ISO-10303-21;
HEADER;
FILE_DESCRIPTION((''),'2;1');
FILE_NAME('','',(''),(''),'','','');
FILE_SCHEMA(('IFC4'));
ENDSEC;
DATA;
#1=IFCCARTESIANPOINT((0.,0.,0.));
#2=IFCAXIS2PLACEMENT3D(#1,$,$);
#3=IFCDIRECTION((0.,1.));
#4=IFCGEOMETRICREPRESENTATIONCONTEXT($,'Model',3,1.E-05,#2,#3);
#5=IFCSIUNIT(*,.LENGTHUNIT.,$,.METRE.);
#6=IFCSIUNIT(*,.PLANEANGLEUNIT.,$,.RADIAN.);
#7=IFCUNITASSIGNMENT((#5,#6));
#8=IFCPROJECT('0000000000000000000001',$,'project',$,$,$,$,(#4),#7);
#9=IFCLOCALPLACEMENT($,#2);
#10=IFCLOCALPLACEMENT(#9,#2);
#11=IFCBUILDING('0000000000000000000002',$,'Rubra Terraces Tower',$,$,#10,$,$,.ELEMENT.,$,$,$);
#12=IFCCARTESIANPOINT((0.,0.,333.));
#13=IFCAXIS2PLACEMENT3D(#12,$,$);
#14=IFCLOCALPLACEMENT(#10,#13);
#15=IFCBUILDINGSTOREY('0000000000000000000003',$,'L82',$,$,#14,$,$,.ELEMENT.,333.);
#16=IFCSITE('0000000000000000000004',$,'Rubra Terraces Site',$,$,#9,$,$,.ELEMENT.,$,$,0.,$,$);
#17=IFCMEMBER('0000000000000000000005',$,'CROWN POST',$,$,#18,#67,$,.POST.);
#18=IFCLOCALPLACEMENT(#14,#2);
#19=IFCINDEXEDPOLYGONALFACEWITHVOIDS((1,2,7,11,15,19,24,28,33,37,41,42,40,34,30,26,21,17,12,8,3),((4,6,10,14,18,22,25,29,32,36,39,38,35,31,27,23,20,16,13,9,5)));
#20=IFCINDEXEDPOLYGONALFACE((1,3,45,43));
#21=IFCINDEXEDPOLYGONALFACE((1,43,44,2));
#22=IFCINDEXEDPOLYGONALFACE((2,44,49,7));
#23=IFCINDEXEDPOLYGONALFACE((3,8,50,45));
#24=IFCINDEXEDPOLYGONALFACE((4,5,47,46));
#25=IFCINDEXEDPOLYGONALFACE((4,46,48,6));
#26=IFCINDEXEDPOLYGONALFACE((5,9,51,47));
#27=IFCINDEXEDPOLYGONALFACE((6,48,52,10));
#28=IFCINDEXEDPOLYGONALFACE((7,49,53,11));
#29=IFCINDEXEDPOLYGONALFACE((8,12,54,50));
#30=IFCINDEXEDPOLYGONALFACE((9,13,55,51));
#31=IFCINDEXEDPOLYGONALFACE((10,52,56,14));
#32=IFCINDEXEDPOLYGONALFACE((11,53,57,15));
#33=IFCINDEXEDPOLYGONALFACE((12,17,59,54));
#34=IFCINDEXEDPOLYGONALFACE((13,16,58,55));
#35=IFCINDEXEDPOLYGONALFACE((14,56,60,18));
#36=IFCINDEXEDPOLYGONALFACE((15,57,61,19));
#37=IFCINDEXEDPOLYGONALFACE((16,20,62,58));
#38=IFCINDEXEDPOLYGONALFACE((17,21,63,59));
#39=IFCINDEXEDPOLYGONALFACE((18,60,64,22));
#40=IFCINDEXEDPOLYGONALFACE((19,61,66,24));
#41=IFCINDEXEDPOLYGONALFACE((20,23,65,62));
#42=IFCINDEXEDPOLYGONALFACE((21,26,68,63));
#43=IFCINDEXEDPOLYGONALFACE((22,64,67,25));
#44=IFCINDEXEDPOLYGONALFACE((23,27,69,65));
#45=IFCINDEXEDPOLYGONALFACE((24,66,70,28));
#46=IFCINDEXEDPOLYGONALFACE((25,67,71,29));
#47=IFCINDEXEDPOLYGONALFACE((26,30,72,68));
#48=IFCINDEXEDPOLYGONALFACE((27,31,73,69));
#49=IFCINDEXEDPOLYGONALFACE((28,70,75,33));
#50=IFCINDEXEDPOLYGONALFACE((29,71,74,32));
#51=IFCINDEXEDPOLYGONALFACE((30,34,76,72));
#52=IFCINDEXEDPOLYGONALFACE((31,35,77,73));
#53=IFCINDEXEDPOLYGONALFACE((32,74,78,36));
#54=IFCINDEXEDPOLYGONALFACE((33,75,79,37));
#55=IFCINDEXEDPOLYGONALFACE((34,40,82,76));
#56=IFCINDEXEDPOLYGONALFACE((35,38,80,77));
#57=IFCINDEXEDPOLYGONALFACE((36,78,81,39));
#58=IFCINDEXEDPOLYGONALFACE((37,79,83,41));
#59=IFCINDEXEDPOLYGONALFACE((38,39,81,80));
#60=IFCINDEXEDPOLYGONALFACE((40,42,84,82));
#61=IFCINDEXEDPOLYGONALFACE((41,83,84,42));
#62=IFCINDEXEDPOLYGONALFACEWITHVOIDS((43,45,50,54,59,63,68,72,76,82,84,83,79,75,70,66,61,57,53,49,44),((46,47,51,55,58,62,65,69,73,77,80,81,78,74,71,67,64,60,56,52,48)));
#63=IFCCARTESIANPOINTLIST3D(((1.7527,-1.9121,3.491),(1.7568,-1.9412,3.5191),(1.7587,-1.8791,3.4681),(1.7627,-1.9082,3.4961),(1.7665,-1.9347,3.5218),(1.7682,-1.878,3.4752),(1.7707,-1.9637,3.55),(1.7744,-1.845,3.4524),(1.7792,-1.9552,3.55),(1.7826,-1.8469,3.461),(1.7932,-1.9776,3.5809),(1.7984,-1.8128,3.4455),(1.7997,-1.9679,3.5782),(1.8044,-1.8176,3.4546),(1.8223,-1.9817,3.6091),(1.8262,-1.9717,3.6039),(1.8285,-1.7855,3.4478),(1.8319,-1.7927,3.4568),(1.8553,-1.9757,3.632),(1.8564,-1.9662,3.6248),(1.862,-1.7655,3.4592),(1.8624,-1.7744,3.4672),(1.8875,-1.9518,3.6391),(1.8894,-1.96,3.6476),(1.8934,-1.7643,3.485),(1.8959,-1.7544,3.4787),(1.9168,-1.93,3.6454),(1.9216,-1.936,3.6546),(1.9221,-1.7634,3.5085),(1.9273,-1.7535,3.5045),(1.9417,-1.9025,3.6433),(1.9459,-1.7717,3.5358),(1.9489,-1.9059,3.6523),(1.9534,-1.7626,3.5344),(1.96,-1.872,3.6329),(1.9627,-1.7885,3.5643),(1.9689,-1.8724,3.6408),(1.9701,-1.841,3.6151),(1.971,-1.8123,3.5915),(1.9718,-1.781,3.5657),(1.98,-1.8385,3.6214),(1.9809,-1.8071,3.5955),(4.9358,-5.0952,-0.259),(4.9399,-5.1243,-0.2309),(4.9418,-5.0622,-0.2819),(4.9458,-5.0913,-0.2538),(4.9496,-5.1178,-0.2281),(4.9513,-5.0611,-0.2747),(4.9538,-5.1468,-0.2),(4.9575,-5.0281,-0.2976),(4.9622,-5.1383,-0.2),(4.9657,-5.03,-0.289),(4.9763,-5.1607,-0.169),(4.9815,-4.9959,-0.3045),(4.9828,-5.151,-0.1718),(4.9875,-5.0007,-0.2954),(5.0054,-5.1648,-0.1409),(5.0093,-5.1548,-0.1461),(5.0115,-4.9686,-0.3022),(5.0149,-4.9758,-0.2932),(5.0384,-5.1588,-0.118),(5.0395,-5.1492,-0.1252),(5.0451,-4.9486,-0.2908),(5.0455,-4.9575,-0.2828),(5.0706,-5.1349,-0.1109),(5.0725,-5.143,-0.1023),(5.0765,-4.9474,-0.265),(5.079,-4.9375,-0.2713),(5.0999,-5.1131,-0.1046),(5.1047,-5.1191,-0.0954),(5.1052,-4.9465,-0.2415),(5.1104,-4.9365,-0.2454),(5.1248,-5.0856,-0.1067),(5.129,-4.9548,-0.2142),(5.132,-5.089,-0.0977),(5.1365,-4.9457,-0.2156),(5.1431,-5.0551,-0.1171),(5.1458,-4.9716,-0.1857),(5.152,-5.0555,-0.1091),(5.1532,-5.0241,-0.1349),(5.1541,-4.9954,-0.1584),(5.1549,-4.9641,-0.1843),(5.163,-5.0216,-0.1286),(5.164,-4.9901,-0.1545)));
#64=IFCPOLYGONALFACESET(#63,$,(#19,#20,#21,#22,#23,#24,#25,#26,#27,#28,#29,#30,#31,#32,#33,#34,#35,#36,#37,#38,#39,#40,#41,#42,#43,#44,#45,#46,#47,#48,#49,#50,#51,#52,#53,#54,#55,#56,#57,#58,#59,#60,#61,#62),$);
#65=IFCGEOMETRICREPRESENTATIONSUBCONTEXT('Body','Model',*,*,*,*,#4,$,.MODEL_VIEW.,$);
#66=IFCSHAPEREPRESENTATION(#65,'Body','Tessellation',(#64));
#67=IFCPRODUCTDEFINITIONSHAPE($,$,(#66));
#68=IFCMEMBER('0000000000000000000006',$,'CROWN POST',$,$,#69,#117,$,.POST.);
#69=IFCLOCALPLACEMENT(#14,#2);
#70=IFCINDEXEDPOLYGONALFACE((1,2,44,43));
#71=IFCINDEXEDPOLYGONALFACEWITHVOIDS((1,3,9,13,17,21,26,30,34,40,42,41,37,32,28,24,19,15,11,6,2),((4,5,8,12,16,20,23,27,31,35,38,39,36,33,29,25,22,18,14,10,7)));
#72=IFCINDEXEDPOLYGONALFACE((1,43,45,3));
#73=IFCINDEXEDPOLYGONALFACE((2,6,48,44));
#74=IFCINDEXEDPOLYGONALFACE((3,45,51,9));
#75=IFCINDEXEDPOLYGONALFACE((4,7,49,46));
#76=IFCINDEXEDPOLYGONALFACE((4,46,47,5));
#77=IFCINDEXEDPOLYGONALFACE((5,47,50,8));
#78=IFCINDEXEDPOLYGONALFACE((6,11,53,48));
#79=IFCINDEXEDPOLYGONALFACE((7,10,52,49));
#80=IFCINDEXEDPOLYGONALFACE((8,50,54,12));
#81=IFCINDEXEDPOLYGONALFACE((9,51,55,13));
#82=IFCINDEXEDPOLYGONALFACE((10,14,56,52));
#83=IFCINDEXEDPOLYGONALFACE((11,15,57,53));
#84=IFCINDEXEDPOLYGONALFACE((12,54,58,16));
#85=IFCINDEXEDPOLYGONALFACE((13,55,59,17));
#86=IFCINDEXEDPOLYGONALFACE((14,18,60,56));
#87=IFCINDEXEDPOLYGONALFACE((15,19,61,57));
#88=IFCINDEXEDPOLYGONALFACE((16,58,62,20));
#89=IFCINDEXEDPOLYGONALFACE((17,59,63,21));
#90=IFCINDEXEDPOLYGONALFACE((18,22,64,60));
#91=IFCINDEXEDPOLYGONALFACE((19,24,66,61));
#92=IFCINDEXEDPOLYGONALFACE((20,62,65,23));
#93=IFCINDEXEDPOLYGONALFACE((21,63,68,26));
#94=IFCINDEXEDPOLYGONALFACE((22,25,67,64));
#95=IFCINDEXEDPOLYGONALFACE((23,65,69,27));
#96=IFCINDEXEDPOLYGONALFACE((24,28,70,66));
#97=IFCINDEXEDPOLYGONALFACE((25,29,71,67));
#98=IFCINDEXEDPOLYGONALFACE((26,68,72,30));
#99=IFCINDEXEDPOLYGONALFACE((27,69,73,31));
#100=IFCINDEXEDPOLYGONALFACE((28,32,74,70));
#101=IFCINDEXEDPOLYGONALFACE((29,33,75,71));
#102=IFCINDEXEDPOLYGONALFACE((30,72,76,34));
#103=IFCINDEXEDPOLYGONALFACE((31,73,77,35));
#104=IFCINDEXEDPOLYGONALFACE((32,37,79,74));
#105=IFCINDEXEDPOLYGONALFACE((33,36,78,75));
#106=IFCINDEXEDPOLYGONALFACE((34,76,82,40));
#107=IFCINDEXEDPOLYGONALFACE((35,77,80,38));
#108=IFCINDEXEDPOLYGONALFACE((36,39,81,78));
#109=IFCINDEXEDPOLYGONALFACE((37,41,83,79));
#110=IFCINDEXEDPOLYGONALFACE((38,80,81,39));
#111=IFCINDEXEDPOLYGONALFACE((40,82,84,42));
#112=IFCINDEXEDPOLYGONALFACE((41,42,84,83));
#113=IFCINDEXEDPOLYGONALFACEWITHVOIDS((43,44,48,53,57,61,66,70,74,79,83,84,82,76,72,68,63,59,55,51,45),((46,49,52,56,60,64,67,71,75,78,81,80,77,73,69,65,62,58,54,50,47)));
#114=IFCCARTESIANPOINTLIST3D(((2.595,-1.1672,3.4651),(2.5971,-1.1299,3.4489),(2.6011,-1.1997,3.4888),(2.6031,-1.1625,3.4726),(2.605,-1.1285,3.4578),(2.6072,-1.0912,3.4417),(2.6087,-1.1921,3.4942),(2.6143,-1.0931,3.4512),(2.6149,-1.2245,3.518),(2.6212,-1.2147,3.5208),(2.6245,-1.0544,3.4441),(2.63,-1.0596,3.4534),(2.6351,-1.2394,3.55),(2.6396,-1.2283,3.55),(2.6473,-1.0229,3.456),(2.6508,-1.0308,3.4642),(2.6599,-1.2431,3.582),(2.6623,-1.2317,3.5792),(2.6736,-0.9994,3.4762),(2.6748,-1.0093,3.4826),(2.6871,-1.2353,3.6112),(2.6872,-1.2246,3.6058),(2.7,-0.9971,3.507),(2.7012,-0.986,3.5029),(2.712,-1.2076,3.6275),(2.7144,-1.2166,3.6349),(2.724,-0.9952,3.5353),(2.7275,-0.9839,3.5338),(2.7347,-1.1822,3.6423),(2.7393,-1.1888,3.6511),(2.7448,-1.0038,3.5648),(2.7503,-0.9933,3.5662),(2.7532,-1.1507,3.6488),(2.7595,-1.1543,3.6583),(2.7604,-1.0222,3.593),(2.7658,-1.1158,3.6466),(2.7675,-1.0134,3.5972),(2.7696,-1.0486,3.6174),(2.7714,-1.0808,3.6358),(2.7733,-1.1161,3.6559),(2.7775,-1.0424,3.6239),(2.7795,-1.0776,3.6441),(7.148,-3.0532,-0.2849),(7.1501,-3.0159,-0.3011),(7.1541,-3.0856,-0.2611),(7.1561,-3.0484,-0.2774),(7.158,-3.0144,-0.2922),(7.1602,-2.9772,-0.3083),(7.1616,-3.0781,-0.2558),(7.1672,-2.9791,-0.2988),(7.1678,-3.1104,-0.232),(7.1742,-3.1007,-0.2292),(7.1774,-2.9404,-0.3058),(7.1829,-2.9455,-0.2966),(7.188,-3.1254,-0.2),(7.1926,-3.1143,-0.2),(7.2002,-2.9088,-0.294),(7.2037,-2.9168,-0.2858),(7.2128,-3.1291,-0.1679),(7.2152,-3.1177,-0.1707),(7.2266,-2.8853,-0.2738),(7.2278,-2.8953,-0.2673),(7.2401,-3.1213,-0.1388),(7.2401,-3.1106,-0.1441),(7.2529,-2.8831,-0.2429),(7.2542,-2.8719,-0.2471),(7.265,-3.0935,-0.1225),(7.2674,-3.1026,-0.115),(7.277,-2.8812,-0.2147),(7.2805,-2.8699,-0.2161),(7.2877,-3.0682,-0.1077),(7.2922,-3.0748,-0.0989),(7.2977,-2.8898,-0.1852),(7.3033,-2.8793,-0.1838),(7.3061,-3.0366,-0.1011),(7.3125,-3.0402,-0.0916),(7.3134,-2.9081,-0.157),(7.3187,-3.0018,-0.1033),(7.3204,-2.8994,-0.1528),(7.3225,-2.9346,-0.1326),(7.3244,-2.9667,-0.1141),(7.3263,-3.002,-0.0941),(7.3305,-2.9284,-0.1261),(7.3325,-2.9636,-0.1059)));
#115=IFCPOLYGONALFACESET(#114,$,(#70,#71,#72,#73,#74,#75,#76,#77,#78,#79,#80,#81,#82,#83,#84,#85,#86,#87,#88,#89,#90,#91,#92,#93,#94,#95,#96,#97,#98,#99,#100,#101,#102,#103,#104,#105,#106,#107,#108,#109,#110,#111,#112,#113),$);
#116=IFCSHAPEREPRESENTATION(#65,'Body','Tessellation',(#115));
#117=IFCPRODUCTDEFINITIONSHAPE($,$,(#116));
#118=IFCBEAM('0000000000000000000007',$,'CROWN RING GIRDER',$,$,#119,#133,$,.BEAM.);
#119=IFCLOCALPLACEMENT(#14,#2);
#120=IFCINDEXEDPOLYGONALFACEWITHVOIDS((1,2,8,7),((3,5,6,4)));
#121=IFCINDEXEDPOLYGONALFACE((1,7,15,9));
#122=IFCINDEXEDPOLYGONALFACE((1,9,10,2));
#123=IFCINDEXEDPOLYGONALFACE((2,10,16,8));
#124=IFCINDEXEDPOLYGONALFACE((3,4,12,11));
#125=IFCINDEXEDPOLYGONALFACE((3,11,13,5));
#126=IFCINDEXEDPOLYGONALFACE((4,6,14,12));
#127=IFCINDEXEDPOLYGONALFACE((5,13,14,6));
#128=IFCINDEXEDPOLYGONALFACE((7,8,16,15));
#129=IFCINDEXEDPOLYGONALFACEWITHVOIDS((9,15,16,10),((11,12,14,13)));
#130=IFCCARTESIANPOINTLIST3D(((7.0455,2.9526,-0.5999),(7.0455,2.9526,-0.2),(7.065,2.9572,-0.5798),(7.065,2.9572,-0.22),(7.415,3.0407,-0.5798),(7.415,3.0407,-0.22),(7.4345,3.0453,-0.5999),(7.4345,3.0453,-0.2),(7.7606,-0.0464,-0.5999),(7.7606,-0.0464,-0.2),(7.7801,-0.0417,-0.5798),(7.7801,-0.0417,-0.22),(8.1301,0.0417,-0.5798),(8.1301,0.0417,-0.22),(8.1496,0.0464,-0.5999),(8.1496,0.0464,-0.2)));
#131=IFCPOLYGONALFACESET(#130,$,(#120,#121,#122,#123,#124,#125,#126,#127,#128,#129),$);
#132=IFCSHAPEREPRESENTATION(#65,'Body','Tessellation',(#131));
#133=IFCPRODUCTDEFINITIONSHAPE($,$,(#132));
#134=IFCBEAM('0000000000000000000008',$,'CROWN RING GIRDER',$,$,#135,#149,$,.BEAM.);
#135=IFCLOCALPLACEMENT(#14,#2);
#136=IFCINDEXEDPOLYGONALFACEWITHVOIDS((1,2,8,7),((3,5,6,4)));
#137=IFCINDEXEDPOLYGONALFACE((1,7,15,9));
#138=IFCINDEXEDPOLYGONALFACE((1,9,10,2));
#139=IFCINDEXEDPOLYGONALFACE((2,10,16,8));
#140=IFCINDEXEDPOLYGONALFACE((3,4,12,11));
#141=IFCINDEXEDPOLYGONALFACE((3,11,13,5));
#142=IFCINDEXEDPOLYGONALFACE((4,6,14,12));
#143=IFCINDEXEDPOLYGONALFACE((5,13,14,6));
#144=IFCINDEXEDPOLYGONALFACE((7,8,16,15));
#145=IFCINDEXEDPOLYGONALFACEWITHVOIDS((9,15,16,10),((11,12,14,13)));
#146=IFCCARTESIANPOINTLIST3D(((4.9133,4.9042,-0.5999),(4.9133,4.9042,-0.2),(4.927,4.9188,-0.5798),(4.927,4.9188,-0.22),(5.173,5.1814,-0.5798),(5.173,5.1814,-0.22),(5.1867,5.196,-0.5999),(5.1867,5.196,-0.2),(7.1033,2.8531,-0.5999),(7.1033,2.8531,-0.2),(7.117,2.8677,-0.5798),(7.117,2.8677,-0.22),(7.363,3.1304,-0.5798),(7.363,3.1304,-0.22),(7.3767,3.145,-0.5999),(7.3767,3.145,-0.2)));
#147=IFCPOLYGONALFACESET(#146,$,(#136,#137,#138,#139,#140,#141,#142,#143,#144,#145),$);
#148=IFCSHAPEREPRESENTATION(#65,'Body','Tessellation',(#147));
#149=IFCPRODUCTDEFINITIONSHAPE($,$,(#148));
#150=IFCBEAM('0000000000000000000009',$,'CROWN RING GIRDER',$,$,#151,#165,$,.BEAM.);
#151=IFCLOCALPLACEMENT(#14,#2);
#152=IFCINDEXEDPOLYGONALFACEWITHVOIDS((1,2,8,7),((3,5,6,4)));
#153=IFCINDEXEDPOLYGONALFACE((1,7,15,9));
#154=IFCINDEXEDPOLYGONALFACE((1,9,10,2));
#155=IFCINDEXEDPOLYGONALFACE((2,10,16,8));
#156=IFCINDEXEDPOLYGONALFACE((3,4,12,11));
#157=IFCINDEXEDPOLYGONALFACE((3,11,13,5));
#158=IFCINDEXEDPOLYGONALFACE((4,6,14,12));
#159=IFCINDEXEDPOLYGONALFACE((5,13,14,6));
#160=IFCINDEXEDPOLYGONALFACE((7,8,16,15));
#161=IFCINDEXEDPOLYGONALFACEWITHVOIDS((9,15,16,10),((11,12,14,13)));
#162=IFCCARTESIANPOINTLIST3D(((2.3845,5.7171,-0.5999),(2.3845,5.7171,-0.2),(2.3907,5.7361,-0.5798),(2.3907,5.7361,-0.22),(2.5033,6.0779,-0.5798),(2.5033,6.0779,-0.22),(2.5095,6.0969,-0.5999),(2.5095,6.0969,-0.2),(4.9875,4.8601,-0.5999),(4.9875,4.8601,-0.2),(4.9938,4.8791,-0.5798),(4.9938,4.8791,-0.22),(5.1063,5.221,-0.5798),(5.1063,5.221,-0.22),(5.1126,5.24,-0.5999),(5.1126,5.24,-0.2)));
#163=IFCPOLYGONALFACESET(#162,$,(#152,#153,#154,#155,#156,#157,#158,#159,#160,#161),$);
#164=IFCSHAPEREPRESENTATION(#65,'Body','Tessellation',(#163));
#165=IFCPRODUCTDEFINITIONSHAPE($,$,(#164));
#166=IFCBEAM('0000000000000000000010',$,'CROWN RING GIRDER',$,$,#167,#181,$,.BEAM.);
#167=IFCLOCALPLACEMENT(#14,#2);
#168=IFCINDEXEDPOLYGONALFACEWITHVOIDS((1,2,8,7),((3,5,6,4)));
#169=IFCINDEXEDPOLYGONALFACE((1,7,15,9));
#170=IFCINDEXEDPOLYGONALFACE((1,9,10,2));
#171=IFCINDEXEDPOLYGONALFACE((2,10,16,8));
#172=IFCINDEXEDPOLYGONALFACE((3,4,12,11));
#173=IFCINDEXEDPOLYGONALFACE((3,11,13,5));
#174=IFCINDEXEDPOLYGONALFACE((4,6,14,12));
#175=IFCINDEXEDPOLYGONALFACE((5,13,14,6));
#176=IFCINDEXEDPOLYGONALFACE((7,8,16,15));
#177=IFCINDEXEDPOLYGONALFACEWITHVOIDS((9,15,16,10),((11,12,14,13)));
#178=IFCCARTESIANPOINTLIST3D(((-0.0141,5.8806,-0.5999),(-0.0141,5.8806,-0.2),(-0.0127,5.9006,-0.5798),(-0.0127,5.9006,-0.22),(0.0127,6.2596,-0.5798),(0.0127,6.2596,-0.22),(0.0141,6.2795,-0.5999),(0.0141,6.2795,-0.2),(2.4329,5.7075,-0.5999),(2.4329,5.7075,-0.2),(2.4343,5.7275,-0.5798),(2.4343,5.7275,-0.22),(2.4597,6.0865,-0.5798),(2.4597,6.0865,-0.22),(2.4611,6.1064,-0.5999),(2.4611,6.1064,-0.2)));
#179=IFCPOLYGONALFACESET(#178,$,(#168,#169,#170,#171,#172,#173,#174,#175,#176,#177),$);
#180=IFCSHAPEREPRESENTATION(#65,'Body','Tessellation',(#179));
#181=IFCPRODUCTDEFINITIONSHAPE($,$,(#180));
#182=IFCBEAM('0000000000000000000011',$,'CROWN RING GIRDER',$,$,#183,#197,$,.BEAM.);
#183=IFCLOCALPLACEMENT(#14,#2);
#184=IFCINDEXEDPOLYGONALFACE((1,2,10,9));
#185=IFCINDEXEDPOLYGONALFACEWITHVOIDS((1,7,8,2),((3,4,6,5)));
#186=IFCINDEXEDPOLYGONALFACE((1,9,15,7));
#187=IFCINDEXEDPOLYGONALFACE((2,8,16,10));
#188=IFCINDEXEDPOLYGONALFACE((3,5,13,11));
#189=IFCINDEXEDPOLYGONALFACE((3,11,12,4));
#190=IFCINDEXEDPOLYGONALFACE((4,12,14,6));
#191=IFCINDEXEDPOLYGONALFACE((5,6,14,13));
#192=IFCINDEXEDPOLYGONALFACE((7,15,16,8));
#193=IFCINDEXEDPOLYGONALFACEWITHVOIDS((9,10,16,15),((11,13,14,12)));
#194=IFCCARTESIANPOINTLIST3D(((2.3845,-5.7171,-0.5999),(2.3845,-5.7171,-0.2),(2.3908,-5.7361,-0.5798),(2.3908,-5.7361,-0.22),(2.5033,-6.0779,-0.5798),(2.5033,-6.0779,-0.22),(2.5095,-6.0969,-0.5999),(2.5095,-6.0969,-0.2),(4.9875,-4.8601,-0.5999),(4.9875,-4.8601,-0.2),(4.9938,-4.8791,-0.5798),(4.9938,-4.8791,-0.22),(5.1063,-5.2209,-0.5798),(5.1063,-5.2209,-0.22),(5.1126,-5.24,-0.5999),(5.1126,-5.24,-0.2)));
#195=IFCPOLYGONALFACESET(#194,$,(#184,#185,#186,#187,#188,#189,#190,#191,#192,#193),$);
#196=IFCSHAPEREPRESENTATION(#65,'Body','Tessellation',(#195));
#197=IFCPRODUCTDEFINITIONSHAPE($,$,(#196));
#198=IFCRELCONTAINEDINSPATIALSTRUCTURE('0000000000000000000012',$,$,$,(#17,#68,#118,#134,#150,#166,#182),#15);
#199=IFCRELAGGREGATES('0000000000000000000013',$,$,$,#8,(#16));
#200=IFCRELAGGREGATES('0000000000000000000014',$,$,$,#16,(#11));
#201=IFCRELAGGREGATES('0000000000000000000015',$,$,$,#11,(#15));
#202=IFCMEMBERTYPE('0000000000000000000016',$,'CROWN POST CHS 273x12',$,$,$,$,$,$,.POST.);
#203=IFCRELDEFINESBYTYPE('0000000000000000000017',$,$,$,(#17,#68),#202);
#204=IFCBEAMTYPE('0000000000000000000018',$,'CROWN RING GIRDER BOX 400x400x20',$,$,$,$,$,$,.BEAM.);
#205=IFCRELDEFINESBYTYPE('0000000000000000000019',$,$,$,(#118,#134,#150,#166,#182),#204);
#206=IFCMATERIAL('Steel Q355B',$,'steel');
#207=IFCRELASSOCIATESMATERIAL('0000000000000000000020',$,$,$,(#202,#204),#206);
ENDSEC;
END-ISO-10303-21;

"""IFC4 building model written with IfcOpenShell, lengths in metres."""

from ifc_helpers import new_model, si_unit, direction, frame, origin, origin_2d, place, context, subcontext, project, spatial, hollow_rectangle, hollow_circle, extrude, material, material_profile, profile_set, type_object, element, save


model = new_model("IFC4")

# Units and contexts
model_context = context("Model", 3, precision=1e-05, world=origin(), true_north=direction((0.0, 1.0)))
body_context = subcontext(model_context, "Body", "Model", "MODEL_VIEW")
ifc_project = project(units=[si_unit("LENGTHUNIT", "METRE"), si_unit("PLANEANGLEUNIT", "RADIAN")], contexts=[model_context])

# Site, building, storey
site_placement = place(None, origin())
site = spatial("IfcSite", under=ifc_project, at=site_placement, Name="Rubra Terraces Site", CompositionType="ELEMENT", RefElevation=0.0)
building_placement = place(site_placement, origin())
building = spatial("IfcBuilding", under=site, at=building_placement, Name="Rubra Terraces Tower", CompositionType="ELEMENT")
storey_placement = place(building_placement, frame((0.0, 0.0, 333.0)))
storey = spatial("IfcBuildingStorey", under=building, at=storey_placement, Name="L82", CompositionType="ELEMENT", Elevation=333.0)

# Members
ifc_material_1 = material(Name="Steel Q355B", Category="steel")
ifc_material_profile_1 = material_profile(ifc_material_1, hollow_circle(Radius=0.1365, WallThickness=0.012, at=origin_2d()), Name="CHS 273x12")
ifc_profile_set_1 = profile_set([ifc_material_profile_1], Name="Steel Q355B")
member_type_1 = type_object("IfcMemberType", Name="CROWN POST CHS 273x12", PredefinedType="POST", material=ifc_profile_set_1)
member_1_placement = place(storey_placement, frame((5.0503, -5.0503, -0.2), z_axis=(-0.543293, 0.543293, 0.640051), x_axis=(-0.707107, -0.707107, 0.0)))
element("IfcMember", 1, at=member_1_placement, inside=storey, type_object=member_type_1, Name="CROWN POST", PredefinedType="POST", context=body_context, shape_type="SweptSolid", body=[
    extrude(hollow_circle(Radius=0.1365, WallThickness=0.012, at=origin_2d()), origin(), (0.0, 0.0, 1.0), 5.8589),
])
member_2_placement = place(storey_placement, frame((7.2402, -2.9993, -0.2), z_axis=(-0.735222, 0.304552, 0.605555), x_axis=(-0.382697, -0.923874, 0.0)))
element("IfcMember", 2, at=member_2_placement, inside=storey, type_object=member_type_1, Name="CROWN POST", PredefinedType="POST", context=body_context, shape_type="SweptSolid", body=[
    extrude(hollow_circle(Radius=0.1365, WallThickness=0.012, at=origin_2d()), origin(), (0.0, 0.0, 1.0), 6.1926),
])

# Beams
ifc_material_profile_2 = material_profile(ifc_material_1, hollow_rectangle(XDim=0.3999, YDim=0.3999, WallThickness=0.02, at=origin_2d()), Name="BOX 400x400x20")
ifc_profile_set_2 = profile_set([ifc_material_profile_2], Name="Steel Q355B")
beam_type_1 = type_object("IfcBeamType", Name="CROWN RING GIRDER BOX 400x400x20", PredefinedType="BEAM", material=ifc_profile_set_2)
beam_1_placement = place(storey_placement, frame((7.9551, 0.0, -0.3999), z_axis=(-0.231938, 0.972731, 0.0), x_axis=(-0.972731, -0.231938, 0.0)))
element("IfcBeam", 3, at=beam_1_placement, inside=storey, type_object=beam_type_1, Name="CROWN RING GIRDER", PredefinedType="BEAM", context=body_context, shape_type="SweptSolid", body=[
    extrude(hollow_rectangle(XDim=0.3999, YDim=0.3999, WallThickness=0.02, at=origin_2d()), origin(), (0.0, 0.0, 1.0), 3.083),
])
beam_2_placement = place(storey_placement, frame((7.24, 2.999, -0.3999), z_axis=(-0.729877, 0.683578, 0.0), x_axis=(-0.683578, -0.729877, 0.0)))
element("IfcBeam", 4, at=beam_2_placement, inside=storey, type_object=beam_type_1, Name="CROWN RING GIRDER", PredefinedType="BEAM", context=body_context, shape_type="SweptSolid", body=[
    extrude(hollow_rectangle(XDim=0.3999, YDim=0.3999, WallThickness=0.02, at=origin_2d()), origin(), (0.0, 0.0, 1.0), 3.0005),
])
beam_3_placement = place(storey_placement, frame((5.05, 5.05, -0.3999), z_axis=(-0.949853, 0.312698, 0.0), x_axis=(-0.312698, -0.949853, 0.0)))
element("IfcBeam", 5, at=beam_3_placement, inside=storey, type_object=beam_type_1, Name="CROWN RING GIRDER", PredefinedType="BEAM", context=body_context, shape_type="SweptSolid", body=[
    extrude(hollow_rectangle(XDim=0.3999, YDim=0.3999, WallThickness=0.02, at=origin_2d()), origin(), (0.0, 0.0, 1.0), 2.7405),
])
beam_4_placement = place(storey_placement, frame((2.447, 5.907, -0.3999), z_axis=(-0.997507, 0.070561, 0.0), x_axis=(-0.070561, -0.997507, 0.0)))
element("IfcBeam", 6, at=beam_4_placement, inside=storey, type_object=beam_type_1, Name="CROWN RING GIRDER", PredefinedType="BEAM", context=body_context, shape_type="SweptSolid", body=[
    extrude(hollow_rectangle(XDim=0.3999, YDim=0.3999, WallThickness=0.02, at=origin_2d()), origin(), (0.0, 0.0, 1.0), 2.4531),
])
beam_5_placement = place(storey_placement, frame((2.447, -5.907, -0.3999), z_axis=(0.949853, 0.312698, 0.0), x_axis=(-0.312698, 0.949853, 0.0)))
element("IfcBeam", 7, at=beam_5_placement, inside=storey, type_object=beam_type_1, Name="CROWN RING GIRDER", PredefinedType="BEAM", context=body_context, shape_type="SweptSolid", body=[
    extrude(hollow_rectangle(XDim=0.3999, YDim=0.3999, WallThickness=0.02, at=origin_2d()), origin(), (0.0, 0.0, 1.0), 2.7405),
])

save(model, "model.ifc")
